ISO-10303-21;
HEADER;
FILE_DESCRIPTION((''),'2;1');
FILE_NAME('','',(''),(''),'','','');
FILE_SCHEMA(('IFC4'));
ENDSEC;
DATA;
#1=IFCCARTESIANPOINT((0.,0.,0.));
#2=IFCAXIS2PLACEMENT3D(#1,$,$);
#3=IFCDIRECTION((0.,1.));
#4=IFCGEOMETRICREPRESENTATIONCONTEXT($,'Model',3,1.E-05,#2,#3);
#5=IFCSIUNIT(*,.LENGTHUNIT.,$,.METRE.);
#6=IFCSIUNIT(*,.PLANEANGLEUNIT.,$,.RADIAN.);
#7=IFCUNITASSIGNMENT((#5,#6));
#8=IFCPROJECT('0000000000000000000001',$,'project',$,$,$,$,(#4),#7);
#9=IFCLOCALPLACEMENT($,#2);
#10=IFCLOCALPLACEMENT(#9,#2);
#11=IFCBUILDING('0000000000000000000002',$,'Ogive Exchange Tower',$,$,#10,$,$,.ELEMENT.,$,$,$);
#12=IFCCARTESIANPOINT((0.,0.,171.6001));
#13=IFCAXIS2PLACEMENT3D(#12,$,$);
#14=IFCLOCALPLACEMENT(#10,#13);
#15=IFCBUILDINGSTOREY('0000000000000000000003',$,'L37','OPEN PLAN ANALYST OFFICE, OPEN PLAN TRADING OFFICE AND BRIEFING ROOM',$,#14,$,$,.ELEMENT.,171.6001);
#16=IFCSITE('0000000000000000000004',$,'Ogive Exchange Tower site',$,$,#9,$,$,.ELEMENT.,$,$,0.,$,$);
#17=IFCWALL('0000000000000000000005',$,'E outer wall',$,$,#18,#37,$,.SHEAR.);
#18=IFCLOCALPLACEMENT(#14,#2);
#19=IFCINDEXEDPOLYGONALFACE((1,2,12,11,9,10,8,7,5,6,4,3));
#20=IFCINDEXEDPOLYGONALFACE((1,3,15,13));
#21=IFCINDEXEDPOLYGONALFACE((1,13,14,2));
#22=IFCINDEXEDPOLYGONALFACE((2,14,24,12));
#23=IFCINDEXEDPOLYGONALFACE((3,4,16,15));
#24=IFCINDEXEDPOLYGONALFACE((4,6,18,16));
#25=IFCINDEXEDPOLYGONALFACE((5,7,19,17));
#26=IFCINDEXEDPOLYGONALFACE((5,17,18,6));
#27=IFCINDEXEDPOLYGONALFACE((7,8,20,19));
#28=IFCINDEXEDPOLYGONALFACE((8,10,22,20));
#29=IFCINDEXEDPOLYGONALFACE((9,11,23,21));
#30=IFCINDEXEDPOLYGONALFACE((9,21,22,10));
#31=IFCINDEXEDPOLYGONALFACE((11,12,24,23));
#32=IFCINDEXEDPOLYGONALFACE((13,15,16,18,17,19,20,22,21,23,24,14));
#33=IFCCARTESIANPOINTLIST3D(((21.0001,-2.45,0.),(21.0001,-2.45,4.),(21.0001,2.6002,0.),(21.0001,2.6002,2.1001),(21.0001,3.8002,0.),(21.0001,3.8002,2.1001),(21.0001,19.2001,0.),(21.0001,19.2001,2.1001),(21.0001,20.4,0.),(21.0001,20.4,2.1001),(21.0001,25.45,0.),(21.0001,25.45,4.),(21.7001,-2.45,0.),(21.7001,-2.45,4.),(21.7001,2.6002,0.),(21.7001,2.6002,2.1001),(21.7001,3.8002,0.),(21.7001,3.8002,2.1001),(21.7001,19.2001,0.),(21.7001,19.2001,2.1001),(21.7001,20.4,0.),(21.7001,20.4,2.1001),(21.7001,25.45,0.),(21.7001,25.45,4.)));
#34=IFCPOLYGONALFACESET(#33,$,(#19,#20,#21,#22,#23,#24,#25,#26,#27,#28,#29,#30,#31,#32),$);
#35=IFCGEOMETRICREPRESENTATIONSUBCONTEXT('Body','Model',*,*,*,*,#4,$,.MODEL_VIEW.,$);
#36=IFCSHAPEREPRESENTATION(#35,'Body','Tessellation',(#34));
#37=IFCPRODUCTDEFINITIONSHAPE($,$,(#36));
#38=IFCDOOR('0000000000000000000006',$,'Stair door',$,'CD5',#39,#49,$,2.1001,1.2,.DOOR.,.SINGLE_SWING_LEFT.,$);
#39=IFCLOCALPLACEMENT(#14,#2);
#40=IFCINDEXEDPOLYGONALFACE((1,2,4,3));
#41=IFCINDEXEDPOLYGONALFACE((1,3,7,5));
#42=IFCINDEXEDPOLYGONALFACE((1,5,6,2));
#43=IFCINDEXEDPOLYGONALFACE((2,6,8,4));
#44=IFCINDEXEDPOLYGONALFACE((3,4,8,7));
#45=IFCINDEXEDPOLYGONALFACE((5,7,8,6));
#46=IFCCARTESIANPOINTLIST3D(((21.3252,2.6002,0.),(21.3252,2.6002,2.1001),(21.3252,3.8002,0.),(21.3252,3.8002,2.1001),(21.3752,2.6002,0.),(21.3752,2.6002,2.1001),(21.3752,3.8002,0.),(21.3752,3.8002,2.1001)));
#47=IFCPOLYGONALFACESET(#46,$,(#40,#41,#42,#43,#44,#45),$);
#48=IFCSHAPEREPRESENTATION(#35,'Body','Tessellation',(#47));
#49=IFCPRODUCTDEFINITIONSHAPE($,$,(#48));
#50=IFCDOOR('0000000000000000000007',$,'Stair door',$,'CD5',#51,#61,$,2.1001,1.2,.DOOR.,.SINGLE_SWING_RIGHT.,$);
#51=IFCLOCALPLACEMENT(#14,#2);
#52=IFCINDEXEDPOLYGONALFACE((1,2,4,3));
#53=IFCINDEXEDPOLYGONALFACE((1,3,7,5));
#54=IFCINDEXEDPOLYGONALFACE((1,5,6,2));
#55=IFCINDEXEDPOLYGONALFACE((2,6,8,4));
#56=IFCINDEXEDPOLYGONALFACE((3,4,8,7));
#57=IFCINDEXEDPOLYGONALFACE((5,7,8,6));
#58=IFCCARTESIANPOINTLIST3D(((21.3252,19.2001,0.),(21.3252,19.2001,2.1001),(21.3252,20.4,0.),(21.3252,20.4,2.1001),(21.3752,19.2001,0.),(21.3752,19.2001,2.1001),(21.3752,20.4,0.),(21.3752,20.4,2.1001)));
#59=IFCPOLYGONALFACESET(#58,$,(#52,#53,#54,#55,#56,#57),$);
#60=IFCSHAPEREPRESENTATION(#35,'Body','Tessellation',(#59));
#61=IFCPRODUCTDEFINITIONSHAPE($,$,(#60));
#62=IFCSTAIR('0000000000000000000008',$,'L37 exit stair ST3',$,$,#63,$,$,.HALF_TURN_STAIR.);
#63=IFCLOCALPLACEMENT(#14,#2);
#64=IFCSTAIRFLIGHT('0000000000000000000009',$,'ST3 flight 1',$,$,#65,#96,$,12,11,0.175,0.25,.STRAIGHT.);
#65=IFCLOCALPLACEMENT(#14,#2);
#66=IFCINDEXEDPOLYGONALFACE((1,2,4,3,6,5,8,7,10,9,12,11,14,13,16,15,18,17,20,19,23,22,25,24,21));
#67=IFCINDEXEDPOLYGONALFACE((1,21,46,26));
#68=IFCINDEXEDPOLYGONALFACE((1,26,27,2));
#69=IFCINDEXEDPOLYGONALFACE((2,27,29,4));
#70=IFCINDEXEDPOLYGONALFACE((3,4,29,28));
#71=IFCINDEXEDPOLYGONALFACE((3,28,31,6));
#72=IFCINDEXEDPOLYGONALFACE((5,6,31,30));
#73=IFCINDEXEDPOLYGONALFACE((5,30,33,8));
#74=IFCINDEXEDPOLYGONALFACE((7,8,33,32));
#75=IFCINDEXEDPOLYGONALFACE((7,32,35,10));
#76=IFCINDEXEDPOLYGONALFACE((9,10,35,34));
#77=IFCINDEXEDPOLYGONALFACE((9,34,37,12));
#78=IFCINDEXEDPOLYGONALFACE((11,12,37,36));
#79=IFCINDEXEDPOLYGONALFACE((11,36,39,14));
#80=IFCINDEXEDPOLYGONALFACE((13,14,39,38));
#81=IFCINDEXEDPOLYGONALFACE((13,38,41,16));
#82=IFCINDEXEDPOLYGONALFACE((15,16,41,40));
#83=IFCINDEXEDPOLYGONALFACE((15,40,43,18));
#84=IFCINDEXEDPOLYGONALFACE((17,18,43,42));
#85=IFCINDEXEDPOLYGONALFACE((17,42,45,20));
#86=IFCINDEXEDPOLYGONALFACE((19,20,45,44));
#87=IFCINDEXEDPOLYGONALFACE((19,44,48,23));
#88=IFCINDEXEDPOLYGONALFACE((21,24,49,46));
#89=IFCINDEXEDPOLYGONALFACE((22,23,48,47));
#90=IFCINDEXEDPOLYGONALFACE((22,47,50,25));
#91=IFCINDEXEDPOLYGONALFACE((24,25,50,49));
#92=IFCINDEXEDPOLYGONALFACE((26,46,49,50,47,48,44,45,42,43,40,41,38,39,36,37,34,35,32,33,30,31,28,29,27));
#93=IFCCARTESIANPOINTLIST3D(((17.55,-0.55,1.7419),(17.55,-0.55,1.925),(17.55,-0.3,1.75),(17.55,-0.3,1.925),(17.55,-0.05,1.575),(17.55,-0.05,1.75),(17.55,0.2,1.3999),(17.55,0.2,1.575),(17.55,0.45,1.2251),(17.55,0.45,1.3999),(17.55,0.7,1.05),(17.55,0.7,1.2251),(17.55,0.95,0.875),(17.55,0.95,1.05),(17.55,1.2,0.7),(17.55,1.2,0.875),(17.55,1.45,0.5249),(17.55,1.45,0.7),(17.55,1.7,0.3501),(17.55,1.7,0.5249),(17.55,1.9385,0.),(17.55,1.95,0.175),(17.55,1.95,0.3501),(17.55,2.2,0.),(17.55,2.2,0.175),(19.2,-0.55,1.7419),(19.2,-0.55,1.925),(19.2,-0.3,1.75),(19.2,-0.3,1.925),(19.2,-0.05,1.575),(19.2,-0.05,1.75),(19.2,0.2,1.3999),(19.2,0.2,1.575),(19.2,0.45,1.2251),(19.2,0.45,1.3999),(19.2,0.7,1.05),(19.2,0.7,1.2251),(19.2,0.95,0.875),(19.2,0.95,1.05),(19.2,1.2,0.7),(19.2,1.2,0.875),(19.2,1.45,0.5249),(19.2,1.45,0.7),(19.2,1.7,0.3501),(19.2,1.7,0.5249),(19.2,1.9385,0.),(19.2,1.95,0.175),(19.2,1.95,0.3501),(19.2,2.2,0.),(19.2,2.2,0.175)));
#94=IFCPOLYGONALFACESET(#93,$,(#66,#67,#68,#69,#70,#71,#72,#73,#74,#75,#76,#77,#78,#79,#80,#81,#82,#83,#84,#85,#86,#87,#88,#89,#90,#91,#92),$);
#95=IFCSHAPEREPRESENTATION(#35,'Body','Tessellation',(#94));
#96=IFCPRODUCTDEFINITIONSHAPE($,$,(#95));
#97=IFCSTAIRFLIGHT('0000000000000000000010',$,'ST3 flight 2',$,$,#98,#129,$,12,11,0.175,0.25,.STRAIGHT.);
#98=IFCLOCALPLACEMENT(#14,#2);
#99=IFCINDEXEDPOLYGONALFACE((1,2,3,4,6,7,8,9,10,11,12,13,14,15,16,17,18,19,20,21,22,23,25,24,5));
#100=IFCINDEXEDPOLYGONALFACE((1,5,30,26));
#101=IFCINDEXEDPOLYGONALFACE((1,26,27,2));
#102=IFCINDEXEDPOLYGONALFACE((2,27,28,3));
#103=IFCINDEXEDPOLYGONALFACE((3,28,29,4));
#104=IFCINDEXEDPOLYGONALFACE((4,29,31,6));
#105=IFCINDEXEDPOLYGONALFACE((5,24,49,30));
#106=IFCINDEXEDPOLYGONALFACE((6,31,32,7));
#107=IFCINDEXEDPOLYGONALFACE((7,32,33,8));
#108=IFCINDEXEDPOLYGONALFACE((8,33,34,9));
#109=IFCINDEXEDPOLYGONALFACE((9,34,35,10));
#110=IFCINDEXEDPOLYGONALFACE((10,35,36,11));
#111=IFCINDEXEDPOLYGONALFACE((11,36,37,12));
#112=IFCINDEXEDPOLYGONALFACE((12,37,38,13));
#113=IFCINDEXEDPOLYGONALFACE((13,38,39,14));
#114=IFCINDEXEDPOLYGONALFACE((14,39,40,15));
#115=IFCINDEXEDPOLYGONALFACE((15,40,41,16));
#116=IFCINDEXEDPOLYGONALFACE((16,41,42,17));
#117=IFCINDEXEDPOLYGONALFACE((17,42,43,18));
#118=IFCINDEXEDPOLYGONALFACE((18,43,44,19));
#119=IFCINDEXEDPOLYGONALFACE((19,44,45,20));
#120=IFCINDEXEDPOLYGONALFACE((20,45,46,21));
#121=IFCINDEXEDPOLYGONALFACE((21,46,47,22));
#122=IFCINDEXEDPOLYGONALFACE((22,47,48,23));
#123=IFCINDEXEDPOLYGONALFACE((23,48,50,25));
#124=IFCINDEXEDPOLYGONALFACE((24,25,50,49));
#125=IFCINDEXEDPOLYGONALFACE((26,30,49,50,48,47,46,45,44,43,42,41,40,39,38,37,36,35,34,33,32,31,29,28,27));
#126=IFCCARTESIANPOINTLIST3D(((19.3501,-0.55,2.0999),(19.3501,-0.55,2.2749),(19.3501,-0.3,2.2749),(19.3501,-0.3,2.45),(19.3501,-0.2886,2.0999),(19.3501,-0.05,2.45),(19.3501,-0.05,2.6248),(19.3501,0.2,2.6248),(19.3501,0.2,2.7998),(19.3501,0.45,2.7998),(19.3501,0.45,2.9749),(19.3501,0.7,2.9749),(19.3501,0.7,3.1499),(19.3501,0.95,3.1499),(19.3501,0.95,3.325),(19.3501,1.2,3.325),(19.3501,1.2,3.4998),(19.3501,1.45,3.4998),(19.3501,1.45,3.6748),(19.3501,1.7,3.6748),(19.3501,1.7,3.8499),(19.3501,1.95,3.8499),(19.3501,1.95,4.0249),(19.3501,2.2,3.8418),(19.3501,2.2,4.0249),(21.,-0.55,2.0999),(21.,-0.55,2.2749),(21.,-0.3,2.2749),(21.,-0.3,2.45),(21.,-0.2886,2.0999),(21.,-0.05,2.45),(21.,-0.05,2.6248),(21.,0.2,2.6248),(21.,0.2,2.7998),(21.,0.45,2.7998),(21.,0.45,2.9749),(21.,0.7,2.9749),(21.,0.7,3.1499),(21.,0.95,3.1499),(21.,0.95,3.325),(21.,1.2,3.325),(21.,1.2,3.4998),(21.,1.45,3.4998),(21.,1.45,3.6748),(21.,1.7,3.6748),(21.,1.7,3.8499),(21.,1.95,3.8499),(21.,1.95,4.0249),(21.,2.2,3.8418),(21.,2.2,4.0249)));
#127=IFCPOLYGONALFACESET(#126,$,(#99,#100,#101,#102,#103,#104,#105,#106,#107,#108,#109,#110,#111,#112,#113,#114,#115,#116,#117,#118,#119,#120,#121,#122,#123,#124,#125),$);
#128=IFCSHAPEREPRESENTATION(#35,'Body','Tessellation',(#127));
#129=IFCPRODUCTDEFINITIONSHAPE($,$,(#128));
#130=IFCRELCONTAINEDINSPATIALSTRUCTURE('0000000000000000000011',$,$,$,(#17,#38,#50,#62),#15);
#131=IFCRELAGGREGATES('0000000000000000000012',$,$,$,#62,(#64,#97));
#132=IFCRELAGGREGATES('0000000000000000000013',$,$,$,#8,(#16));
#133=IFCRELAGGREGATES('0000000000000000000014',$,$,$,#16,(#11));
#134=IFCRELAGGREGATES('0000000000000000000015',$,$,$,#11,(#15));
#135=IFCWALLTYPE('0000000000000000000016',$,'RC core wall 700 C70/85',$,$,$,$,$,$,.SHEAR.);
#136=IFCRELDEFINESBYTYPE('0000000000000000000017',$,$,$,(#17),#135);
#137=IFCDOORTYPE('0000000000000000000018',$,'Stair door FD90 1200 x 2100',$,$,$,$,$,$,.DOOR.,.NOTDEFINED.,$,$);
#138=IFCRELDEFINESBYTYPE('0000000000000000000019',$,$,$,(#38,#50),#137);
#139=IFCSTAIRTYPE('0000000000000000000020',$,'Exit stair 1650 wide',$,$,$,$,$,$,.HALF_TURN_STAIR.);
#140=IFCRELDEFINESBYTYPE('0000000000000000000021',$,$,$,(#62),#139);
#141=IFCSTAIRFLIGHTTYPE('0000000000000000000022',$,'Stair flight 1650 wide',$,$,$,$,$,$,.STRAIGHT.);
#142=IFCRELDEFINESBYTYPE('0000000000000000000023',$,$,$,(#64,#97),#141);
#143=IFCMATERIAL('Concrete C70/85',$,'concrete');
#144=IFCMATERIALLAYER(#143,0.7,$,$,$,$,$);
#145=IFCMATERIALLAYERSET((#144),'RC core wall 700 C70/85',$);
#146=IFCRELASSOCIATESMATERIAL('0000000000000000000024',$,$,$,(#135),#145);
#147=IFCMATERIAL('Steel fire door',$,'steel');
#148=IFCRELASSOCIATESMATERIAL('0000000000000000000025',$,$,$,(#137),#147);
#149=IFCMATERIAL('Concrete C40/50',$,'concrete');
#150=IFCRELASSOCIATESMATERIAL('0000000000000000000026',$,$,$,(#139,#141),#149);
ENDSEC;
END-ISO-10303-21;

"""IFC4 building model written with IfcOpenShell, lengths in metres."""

from ifc_helpers import new_model, si_unit, direction, frame, frame_2d, origin, place, context, subcontext, project, spatial, polyline, rectangle, outline, extrude, material, layer, layer_set, type_object, element, fill, aggregate, save


model = new_model("IFC4")

# Units and contexts
model_context = context("Model", 3, precision=1e-05, world=origin(), true_north=direction((0.0, 1.0)))
body_context = subcontext(model_context, "Body", "Model", "MODEL_VIEW")
ifc_project = project(units=[si_unit("LENGTHUNIT", "METRE"), si_unit("PLANEANGLEUNIT", "RADIAN")], contexts=[model_context])

# Site, building, storey
site_placement = place(None, origin())
site = spatial("IfcSite", under=ifc_project, at=site_placement, Name="Ogive Exchange Tower site", CompositionType="ELEMENT", RefElevation=0.0)
building_placement = place(site_placement, origin())
building = spatial("IfcBuilding", under=site, at=building_placement, Name="Ogive Exchange Tower", CompositionType="ELEMENT")
storey_placement = place(building_placement, frame((0.0, 0.0, 171.6001)))
storey = spatial("IfcBuildingStorey", under=building, at=storey_placement, Name="L37", Description="OPEN PLAN ANALYST OFFICE, OPEN PLAN TRADING OFFICE AND BRIEFING ROOM", CompositionType="ELEMENT", Elevation=171.6001)

# Shared definitions
ifc_material_1 = material(Name="Concrete C70/85", Category="concrete")
ifc_material_2 = material(Name="Steel fire door", Category="steel")

# Wall, openings, doors
ifc_layer_1 = layer(ifc_material_1, 0.7)
ifc_layer_set_1 = layer_set([ifc_layer_1], Name="RC core wall 700 C70/85")
wall_type_1 = type_object("IfcWallType", Name="RC core wall 700 C70/85", PredefinedType="SHEAR", material=ifc_layer_set_1)
wall_1_placement = place(storey_placement, frame((21.3501, -2.45, 0.0), z_axis=(0.0, 0.0, 1.0), x_axis=(0.0, 1.0, 0.0)))
wall_1 = element("IfcWall", 1, at=wall_1_placement, inside=storey, type_object=wall_type_1, Name="E outer wall", PredefinedType="SHEAR", context=body_context, shape_type="SweptSolid", body=[
    extrude(rectangle(XDim=27.8999, YDim=0.7, at=frame_2d((13.95, 0.0))), origin(), (0.0, 0.0, 1.0), 4.0),
])
opening_1_placement = place(wall_1_placement, frame((5.05, 0.0, 0.0)))
opening_1 = element("IfcOpeningElement", 2, at=opening_1_placement, cuts=wall_1, PredefinedType="OPENING", context=body_context, shape_type="SweptSolid", body=[
    extrude(rectangle(XDim=1.2, YDim=2.1001, at=frame_2d((0.6001, 1.05))), frame((0.0, 0.3599, 0.0), z_axis=(0.0, -1.0, 0.0), x_axis=(1.0, 0.0, 0.0)), (0.0, 0.0, 1.0), 0.72),
])
opening_2_placement = place(wall_1_placement, frame((21.6499, 0.0, 0.0)))
opening_2 = element("IfcOpeningElement", 3, at=opening_2_placement, cuts=wall_1, PredefinedType="OPENING", context=body_context, shape_type="SweptSolid", body=[
    extrude(rectangle(XDim=1.2, YDim=2.1001, at=frame_2d((0.6001, 1.05))), frame((0.0, 0.3599, 0.0), z_axis=(0.0, -1.0, 0.0), x_axis=(1.0, 0.0, 0.0)), (0.0, 0.0, 1.0), 0.72),
])
door_type_1 = type_object("IfcDoorType", Name="Stair door FD90 1200 x 2100", OperationType="NOTDEFINED", PredefinedType="DOOR", material=ifc_material_2)
door_1_placement = place(opening_1_placement, origin())
door_1 = element("IfcDoor", 4, at=door_1_placement, inside=storey, type_object=door_type_1, Name="Stair door", ObjectType="CD5", OperationType="SINGLE_SWING_LEFT", OverallHeight=2.1001, OverallWidth=1.2, PredefinedType="DOOR", context=body_context, shape_type="SweptSolid", body=[
    extrude(rectangle(XDim=1.2, YDim=2.1001, at=frame_2d((0.6001, 1.05))), frame((0.0, 0.0249, 0.0), z_axis=(0.0, -1.0, 0.0), x_axis=(1.0, 0.0, 0.0)), (0.0, 0.0, 1.0), 0.05),
])
fill(opening_1, door_1)
door_2_placement = place(opening_2_placement, origin())
door_2 = element("IfcDoor", 5, at=door_2_placement, inside=storey, type_object=door_type_1, Name="Stair door", ObjectType="CD5", OperationType="SINGLE_SWING_RIGHT", OverallHeight=2.1001, OverallWidth=1.2, PredefinedType="DOOR", context=body_context, shape_type="SweptSolid", body=[
    extrude(rectangle(XDim=1.2, YDim=2.1001, at=frame_2d((0.6001, 1.05))), frame((0.0, 0.0249, 0.0), z_axis=(0.0, -1.0, 0.0), x_axis=(1.0, 0.0, 0.0)), (0.0, 0.0, 1.0), 0.05),
])
fill(opening_2, door_2)

# Stair, stair flights
ifc_material_3 = material(Name="Concrete C40/50", Category="concrete")
stair_type = type_object("IfcStairType", Name="Exit stair 1650 wide", PredefinedType="HALF_TURN_STAIR", material=ifc_material_3)
stair_placement = place(storey_placement, origin())
stair = element("IfcStair", 6, at=stair_placement, inside=storey, type_object=stair_type, Name="L37 exit stair ST3", PredefinedType="HALF_TURN_STAIR")
stair_flight_type = type_object("IfcStairFlightType", Name="Stair flight 1650 wide", PredefinedType="STRAIGHT", material=ifc_material_3)
stair_flight_1_placement = place(storey_placement, frame((18.375, 2.2, 0.0), z_axis=(0.0, 0.0, 1.0), x_axis=(0.0, -1.0, 0.0)))
stair_flight_1 = element("IfcStairFlight", 7, at=stair_flight_1_placement, type_object=stair_flight_type, Name="ST3 flight 1", NumberOfRisers=12, NumberOfTreads=11, PredefinedType="STRAIGHT", RiserHeight=0.175, TreadLength=0.25, context=body_context, shape_type="SweptSolid", body=[
    extrude(outline(polyline([(0.0, 0.0), (0.0, 0.175), (0.25, 0.175), (0.25, 0.3501), (0.5, 0.3501), (0.5, 0.5249), (0.75, 0.5249), (0.75, 0.7), (1.0, 0.7), (1.0, 0.875), (1.25, 0.875), (1.25, 1.05), (1.5, 1.05), (1.5, 1.2251), (1.75, 1.2251), (1.75, 1.3999), (2.0, 1.3999), (2.0, 1.575), (2.25, 1.575), (2.25, 1.75), (2.5, 1.75), (2.5, 1.925), (2.75, 1.925), (2.75, 2.1001), (2.75, 1.7419), (0.2615, 0.0), (0.0, 0.0)])), frame((0.0, 0.825, 0.0), z_axis=(0.0, -1.0, 0.0), x_axis=(1.0, 0.0, 0.0)), (0.0, 0.0, 1.0), 1.6499),
])
stair_flight_2_placement = place(storey_placement, frame((20.175, -0.55, 2.0999), z_axis=(0.0, 0.0, 1.0), x_axis=(0.0, 1.0, 0.0)))
stair_flight_2 = element("IfcStairFlight", 8, at=stair_flight_2_placement, type_object=stair_flight_type, Name="ST3 flight 2", NumberOfRisers=12, NumberOfTreads=11, PredefinedType="STRAIGHT", RiserHeight=0.175, TreadLength=0.25, context=body_context, shape_type="SweptSolid", body=[
    extrude(outline(polyline([(0.0, 0.0), (0.0, 0.175), (0.25, 0.175), (0.25, 0.3501), (0.5, 0.3501), (0.5, 0.5249), (0.75, 0.5249), (0.75, 0.7), (1.0, 0.7), (1.0, 0.875), (1.25, 0.875), (1.25, 1.05), (1.5, 1.05), (1.5, 1.2251), (1.75, 1.2251), (1.75, 1.3999), (2.0, 1.3999), (2.0, 1.575), (2.25, 1.575), (2.25, 1.75), (2.5, 1.75), (2.5, 1.925), (2.75, 1.925), (2.75, 2.1001), (2.75, 1.7419), (0.2615, 0.0), (0.0, 0.0)])), frame((0.0, 0.825, 0.0), z_axis=(0.0, -1.0, 0.0), x_axis=(1.0, 0.0, 0.0)), (0.0, 0.0, 1.0), 1.6499),
])
aggregate(stair, [stair_flight_1, stair_flight_2])

save(model, "model.ifc")
